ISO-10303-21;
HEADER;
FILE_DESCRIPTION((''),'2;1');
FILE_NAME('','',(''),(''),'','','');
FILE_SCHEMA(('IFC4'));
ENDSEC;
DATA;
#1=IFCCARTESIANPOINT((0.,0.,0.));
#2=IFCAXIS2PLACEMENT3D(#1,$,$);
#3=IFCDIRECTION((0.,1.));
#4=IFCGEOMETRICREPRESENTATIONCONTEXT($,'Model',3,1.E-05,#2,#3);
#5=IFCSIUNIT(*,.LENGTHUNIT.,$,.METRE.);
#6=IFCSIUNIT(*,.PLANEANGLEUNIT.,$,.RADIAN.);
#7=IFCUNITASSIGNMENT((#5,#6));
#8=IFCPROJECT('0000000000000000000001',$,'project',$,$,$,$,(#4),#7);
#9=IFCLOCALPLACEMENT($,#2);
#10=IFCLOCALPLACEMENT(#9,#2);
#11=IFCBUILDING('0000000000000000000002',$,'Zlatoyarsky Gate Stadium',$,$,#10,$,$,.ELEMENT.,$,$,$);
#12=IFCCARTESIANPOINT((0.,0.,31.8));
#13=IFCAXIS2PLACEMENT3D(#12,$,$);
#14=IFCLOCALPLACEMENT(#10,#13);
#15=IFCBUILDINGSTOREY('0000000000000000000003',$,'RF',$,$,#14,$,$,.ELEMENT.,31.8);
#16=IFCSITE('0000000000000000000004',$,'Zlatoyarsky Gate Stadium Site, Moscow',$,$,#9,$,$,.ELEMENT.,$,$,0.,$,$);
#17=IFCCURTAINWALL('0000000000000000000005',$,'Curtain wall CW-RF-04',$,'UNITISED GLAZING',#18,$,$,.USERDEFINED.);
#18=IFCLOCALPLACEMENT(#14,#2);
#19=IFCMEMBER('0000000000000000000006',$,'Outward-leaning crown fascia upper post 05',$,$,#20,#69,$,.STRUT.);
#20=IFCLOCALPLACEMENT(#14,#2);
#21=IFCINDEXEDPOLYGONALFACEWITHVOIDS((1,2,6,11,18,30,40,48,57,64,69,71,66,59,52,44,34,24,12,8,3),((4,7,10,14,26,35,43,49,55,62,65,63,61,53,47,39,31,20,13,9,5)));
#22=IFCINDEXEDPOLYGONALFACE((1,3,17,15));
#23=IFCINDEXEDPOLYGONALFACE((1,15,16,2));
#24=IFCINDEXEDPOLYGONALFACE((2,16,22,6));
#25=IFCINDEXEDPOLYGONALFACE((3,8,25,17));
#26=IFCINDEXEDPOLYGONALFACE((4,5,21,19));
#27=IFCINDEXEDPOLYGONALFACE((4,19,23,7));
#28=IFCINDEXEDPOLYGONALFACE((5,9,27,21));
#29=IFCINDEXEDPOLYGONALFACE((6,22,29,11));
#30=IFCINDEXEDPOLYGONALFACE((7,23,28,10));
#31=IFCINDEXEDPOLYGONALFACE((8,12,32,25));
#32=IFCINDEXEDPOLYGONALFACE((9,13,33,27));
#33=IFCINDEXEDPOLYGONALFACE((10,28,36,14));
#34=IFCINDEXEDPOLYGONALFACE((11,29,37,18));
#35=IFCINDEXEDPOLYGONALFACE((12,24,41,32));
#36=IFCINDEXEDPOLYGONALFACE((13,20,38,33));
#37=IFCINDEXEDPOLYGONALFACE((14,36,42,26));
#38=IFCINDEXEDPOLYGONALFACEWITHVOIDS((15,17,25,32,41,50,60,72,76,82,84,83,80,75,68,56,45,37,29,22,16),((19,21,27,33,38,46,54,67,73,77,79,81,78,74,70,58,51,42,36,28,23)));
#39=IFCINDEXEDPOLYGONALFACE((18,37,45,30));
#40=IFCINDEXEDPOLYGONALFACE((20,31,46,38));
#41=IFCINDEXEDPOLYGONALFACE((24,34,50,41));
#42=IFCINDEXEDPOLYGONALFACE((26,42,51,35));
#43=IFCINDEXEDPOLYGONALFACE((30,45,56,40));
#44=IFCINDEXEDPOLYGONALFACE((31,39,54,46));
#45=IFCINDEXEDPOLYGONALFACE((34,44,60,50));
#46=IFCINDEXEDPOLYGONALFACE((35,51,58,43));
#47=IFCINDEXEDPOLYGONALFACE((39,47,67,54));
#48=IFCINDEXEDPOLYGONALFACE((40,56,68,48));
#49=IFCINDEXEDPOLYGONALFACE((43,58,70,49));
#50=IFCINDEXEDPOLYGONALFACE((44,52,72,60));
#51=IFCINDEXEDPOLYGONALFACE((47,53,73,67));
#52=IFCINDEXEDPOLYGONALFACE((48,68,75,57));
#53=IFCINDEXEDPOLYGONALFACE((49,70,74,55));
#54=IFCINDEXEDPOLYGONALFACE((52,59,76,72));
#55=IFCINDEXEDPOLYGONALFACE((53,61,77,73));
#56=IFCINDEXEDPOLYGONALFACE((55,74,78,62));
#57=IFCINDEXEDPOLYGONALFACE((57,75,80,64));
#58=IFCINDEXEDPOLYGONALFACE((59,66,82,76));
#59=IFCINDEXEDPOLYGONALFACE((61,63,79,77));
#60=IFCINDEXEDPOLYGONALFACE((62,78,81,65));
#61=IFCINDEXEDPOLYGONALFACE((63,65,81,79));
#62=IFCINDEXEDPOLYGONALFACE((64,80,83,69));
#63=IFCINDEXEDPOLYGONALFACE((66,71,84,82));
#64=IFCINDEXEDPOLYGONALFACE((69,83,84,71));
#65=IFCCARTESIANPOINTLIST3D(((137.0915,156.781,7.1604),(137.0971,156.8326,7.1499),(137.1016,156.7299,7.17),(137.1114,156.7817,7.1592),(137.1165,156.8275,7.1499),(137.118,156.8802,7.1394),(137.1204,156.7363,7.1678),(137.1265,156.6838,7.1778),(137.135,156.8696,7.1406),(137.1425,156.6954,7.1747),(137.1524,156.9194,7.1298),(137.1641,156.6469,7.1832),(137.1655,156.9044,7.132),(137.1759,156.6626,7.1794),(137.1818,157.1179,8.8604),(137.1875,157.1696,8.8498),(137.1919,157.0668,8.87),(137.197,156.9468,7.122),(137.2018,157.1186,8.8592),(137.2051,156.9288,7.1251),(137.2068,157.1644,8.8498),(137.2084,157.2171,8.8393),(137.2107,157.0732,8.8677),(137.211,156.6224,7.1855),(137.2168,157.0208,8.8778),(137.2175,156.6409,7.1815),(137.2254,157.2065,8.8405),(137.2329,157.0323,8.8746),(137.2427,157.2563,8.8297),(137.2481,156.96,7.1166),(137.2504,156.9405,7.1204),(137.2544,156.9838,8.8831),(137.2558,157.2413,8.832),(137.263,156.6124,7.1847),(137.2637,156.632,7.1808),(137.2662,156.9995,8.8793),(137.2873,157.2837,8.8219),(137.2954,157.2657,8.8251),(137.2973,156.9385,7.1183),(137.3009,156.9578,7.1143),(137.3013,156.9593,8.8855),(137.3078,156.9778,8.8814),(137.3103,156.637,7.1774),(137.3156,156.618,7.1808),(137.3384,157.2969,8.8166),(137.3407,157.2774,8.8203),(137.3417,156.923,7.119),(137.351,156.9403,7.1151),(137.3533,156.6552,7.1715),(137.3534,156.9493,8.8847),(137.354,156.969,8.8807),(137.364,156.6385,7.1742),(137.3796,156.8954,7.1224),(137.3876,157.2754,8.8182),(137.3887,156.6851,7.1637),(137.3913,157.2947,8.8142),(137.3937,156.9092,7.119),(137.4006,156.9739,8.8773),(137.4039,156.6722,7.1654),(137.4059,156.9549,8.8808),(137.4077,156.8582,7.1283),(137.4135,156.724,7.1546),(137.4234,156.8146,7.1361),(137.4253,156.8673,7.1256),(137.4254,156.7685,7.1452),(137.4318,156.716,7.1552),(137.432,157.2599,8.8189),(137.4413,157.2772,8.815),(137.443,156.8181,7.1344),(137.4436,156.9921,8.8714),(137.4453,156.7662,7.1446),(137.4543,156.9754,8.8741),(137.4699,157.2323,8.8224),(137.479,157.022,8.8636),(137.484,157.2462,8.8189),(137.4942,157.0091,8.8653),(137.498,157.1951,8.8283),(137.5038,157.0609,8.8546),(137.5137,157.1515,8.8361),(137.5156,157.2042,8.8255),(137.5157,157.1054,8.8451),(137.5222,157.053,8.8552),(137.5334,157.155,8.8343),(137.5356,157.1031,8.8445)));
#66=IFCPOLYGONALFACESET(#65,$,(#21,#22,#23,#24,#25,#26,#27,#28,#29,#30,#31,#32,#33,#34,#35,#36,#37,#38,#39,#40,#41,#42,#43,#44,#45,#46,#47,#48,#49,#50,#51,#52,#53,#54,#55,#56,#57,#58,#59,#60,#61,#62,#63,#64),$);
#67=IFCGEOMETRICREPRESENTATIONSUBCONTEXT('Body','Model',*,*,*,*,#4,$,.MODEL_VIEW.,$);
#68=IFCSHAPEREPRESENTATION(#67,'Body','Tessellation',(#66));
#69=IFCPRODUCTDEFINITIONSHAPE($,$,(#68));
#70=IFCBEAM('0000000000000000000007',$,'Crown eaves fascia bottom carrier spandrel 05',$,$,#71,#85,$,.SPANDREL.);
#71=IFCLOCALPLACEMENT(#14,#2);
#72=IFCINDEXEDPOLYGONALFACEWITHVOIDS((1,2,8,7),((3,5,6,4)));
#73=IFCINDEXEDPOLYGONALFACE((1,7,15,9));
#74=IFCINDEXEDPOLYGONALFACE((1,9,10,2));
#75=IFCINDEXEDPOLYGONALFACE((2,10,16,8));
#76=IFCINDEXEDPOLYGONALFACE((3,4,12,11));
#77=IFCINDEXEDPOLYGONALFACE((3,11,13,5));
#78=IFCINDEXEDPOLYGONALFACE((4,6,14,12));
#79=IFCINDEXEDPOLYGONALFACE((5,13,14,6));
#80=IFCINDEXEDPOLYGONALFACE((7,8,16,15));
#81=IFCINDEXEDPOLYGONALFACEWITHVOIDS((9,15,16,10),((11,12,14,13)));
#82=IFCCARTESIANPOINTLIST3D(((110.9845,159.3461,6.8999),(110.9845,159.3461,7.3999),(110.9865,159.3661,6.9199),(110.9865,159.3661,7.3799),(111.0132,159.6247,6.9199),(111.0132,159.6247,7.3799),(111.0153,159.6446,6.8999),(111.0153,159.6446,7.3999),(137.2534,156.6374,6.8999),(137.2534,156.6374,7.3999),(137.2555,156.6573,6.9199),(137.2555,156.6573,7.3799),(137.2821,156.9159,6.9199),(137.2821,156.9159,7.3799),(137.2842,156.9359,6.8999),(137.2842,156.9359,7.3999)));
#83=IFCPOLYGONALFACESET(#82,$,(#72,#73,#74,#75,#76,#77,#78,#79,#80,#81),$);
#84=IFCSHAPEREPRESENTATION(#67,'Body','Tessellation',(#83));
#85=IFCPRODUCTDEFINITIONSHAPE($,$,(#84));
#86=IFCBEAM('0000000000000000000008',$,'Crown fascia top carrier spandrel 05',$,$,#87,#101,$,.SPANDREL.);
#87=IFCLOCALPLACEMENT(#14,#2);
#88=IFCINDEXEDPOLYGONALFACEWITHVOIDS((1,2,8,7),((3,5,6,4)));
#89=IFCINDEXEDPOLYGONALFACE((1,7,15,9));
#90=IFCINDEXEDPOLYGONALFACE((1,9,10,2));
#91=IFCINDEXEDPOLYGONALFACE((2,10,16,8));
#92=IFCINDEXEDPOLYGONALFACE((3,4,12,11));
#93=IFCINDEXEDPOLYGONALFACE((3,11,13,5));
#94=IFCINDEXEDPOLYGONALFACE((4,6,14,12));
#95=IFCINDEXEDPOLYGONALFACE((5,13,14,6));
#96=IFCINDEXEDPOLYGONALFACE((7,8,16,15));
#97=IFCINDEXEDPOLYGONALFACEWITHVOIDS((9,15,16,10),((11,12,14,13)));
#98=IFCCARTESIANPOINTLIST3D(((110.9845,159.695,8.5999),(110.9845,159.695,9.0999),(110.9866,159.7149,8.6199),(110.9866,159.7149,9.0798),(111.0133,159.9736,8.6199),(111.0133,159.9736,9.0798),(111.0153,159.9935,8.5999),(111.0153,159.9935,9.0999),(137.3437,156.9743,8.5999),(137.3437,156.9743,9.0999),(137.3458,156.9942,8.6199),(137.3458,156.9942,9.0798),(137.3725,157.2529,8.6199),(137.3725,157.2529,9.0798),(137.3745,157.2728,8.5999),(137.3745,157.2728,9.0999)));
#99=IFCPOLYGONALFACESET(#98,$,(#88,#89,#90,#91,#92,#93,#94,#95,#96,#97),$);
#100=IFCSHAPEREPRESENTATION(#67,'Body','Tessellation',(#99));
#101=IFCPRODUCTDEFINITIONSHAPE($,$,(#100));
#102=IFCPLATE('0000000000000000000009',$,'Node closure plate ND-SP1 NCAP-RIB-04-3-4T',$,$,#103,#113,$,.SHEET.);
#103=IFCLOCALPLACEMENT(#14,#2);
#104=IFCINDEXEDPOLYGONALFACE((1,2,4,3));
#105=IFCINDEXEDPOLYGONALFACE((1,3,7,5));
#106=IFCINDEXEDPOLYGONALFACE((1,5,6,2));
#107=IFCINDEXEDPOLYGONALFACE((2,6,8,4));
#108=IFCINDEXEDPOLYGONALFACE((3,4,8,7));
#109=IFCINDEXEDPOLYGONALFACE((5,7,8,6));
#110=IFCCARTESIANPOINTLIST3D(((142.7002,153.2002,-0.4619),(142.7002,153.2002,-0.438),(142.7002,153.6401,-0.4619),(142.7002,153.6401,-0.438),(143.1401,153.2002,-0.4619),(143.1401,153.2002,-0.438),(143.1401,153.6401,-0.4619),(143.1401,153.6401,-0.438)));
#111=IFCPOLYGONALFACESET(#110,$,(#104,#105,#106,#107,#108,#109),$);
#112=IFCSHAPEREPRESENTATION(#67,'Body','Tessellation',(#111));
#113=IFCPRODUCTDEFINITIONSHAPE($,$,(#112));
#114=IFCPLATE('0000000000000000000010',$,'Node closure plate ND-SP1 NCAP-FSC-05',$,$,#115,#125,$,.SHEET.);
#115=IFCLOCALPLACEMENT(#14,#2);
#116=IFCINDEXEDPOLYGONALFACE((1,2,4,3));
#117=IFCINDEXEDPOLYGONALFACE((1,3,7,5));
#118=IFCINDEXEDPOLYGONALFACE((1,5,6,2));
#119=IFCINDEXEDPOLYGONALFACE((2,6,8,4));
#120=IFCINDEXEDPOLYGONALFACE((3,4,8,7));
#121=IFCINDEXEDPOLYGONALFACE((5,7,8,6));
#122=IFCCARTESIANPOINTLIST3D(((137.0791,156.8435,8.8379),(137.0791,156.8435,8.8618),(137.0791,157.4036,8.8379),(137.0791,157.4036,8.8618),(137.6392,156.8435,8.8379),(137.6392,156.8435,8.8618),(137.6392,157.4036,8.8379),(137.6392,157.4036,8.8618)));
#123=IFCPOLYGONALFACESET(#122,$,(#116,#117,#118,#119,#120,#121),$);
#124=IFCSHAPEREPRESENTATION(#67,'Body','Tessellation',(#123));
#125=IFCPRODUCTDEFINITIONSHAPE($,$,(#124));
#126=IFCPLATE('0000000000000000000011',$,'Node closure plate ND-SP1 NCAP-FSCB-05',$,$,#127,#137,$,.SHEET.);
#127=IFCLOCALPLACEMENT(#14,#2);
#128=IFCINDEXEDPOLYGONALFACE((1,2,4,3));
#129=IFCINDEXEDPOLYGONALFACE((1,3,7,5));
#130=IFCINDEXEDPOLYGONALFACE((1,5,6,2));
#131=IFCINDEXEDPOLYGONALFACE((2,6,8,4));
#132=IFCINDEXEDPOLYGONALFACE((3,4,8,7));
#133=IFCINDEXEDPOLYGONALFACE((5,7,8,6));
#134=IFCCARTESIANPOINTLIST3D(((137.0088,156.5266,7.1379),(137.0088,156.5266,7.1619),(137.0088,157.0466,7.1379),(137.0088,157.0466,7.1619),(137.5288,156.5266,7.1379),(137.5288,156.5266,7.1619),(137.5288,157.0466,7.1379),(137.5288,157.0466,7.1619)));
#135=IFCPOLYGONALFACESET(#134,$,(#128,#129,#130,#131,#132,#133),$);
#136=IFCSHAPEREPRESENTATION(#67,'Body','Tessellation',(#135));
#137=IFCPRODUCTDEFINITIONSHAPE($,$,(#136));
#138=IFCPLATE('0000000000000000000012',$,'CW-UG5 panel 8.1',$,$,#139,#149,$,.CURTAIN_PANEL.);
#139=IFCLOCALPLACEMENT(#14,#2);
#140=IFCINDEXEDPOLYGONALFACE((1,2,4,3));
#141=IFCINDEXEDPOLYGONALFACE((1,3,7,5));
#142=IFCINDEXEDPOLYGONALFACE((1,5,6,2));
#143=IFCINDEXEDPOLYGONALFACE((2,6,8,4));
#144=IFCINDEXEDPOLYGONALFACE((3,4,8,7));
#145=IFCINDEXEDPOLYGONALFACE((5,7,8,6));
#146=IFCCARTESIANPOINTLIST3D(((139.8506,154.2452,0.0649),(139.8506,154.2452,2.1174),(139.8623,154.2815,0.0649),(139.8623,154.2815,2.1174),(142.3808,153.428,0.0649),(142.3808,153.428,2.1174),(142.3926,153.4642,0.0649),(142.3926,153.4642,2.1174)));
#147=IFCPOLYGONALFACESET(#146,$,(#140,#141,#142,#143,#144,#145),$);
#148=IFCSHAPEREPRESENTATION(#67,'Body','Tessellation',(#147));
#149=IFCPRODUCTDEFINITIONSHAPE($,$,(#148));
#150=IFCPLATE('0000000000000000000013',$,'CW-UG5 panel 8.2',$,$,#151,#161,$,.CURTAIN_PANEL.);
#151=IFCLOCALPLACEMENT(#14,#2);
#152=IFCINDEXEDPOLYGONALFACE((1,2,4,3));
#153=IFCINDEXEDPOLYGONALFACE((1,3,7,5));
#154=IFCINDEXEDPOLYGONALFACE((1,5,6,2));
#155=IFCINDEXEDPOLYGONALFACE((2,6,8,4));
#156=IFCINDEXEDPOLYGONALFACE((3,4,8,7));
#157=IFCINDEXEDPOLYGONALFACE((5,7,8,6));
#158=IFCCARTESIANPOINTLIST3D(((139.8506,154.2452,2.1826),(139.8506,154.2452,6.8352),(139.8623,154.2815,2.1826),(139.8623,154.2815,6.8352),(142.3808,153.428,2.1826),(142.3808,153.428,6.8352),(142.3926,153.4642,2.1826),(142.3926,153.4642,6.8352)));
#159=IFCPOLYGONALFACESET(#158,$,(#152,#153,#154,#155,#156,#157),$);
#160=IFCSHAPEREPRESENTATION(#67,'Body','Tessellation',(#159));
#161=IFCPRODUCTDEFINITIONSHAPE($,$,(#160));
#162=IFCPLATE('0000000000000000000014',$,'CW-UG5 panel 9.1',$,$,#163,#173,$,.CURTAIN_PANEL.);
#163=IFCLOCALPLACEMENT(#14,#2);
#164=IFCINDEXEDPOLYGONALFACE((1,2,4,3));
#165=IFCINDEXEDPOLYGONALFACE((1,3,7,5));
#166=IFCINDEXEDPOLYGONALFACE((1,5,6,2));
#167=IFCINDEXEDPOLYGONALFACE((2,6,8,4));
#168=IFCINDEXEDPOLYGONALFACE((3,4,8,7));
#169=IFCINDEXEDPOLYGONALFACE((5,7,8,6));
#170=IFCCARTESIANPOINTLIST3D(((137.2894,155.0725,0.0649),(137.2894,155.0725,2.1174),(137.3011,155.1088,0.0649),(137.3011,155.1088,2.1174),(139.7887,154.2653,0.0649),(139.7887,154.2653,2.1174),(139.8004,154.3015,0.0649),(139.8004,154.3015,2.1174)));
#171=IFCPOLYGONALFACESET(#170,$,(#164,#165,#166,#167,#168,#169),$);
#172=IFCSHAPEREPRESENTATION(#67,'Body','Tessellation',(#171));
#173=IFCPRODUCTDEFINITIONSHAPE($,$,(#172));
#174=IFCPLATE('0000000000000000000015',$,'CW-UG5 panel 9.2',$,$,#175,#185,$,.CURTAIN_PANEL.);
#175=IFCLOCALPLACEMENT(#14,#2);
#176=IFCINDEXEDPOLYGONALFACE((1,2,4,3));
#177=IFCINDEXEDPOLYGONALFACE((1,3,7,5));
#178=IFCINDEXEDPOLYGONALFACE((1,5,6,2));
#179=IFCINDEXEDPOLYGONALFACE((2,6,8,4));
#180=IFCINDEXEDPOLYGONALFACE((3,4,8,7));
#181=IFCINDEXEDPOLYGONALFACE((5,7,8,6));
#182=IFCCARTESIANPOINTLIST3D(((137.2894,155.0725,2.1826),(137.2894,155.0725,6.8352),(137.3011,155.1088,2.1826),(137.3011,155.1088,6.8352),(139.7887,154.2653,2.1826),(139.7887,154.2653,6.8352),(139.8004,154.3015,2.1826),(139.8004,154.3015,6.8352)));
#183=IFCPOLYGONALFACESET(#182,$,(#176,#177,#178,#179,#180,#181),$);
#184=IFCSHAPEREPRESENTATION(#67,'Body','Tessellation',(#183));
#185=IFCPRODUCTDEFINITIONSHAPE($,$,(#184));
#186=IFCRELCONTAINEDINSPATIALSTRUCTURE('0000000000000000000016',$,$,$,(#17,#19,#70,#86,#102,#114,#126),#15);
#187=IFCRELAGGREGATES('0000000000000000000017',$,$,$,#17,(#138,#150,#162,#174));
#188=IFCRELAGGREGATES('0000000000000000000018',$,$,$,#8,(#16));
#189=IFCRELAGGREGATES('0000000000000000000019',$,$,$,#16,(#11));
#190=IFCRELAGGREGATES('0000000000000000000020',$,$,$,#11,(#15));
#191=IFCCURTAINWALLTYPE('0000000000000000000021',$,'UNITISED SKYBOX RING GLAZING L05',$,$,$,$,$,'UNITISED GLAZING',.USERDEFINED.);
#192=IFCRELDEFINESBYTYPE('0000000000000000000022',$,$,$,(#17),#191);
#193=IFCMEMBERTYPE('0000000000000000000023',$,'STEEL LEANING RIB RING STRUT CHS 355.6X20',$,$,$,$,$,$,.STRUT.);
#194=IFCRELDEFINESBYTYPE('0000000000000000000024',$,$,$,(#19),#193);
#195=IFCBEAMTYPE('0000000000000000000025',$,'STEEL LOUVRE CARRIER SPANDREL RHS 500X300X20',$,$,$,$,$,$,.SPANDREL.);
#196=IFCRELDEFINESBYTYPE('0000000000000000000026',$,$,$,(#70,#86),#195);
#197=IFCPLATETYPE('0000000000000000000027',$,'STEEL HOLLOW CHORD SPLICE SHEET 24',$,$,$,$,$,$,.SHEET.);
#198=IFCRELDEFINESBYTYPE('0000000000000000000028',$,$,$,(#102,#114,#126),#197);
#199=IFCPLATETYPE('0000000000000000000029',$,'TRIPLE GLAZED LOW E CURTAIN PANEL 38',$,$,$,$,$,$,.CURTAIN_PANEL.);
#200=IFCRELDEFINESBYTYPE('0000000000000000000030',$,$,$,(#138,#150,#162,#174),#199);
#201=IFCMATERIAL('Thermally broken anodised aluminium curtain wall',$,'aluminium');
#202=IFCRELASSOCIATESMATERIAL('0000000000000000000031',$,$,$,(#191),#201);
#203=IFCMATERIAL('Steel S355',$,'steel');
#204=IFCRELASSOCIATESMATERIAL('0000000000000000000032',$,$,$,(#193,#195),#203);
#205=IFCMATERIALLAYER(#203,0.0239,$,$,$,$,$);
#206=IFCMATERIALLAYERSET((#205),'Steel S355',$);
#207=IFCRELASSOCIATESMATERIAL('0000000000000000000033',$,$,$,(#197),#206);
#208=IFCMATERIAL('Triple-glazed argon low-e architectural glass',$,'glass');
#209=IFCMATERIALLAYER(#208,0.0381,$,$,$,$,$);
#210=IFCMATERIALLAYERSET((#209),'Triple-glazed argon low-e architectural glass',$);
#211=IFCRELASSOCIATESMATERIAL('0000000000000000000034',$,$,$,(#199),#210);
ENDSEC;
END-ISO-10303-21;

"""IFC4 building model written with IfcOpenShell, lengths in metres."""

from ifc_helpers import new_model, si_unit, direction, frame, origin, origin_2d, place, context, subcontext, project, spatial, rectangle, hollow_rectangle, hollow_circle, extrude, material, layer, layer_set, material_profile, profile_set, type_object, element, aggregate, save


model = new_model("IFC4")

# Units and contexts
model_context = context("Model", 3, precision=1e-05, world=origin(), true_north=direction((0.0, 1.0)))
body_context = subcontext(model_context, "Body", "Model", "MODEL_VIEW")
ifc_project = project(units=[si_unit("LENGTHUNIT", "METRE"), si_unit("PLANEANGLEUNIT", "RADIAN")], contexts=[model_context])

# Site, building, storey
site_placement = place(None, origin())
site = spatial("IfcSite", under=ifc_project, at=site_placement, Name="Zlatoyarsky Gate Stadium Site, Moscow", CompositionType="ELEMENT", RefElevation=0.0)
building_placement = place(site_placement, origin())
building = spatial("IfcBuilding", under=site, at=building_placement, Name="Zlatoyarsky Gate Stadium", CompositionType="ELEMENT")
storey_placement = place(building_placement, frame((0.0, 0.0, 31.8)))
storey = spatial("IfcBuildingStorey", under=building, at=storey_placement, Name="RF", CompositionType="ELEMENT", Elevation=31.8)

# Curtain wall
ifc_material_1 = material(Name="Thermally broken anodised aluminium curtain wall", Category="aluminium")
curtain_wall_type = type_object("IfcCurtainWallType", Name="UNITISED SKYBOX RING GLAZING L05", ElementType="UNITISED GLAZING", PredefinedType="USERDEFINED", material=ifc_material_1)
curtain_wall_placement = place(storey_placement, origin())
curtain_wall = element("IfcCurtainWall", 1, at=curtain_wall_placement, inside=storey, type_object=curtain_wall_type, Name="Curtain wall CW-RF-04", ObjectType="UNITISED GLAZING", PredefinedType="USERDEFINED")

# Member
ifc_material_2 = material(Name="Steel S355", Category="steel")
ifc_material_profile_1 = material_profile(ifc_material_2, hollow_circle(Radius=0.1777, WallThickness=0.02, at=origin_2d()), Name="CHS 355.6X20")
ifc_profile_set_1 = profile_set([ifc_material_profile_1], Name="Steel S355")
member_type_1 = type_object("IfcMemberType", Name="STEEL LEANING RIB RING STRUT CHS 355.6X20", PredefinedType="STRUT", material=ifc_profile_set_1)
member_1_placement = place(storey_placement, frame((137.2688, 156.7866, 7.1499), z_axis=(0.052054, 0.194146, 0.979591), x_axis=(-0.965886, 0.258969, 0.0)))
element("IfcMember", 2, at=member_1_placement, inside=storey, type_object=member_type_1, Name="Outward-leaning crown fascia upper post 05", PredefinedType="STRUT", context=body_context, shape_type="SweptSolid", body=[
    extrude(hollow_circle(Radius=0.1777, WallThickness=0.02, at=origin_2d()), origin(), (0.0, 0.0, 1.0), 1.7354),
])

# Beams
ifc_material_profile_2 = material_profile(ifc_material_2, hollow_rectangle(XDim=0.3, YDim=0.5, WallThickness=0.02, at=origin_2d()), Name="RHS 500X300X20")
ifc_profile_set_2 = profile_set([ifc_material_profile_2], Name="Steel S355")
beam_type = type_object("IfcBeamType", Name="STEEL LOUVRE CARRIER SPANDREL RHS 500X300X20", PredefinedType="SPANDREL", material=ifc_profile_set_2)
beam_1_placement = place(storey_placement, frame((137.2688, 156.7866, 7.1499), z_axis=(-0.994726, 0.102572, 0.0), x_axis=(-0.102572, -0.994726, 0.0)))
element("IfcBeam", 3, at=beam_1_placement, inside=storey, type_object=beam_type, Name="Crown eaves fascia bottom carrier spandrel 05", PredefinedType="SPANDREL", context=body_context, shape_type="SweptSolid", body=[
    extrude(hollow_rectangle(XDim=0.3, YDim=0.5, WallThickness=0.02, at=origin_2d()), origin(), (0.0, 0.0, 1.0), 26.4082),
])
beam_2_placement = place(storey_placement, frame((137.3591, 157.1235, 8.8499), z_axis=(-0.994715, 0.102671, 0.0), x_axis=(-0.102671, -0.994715, 0.0)))
element("IfcBeam", 4, at=beam_2_placement, inside=storey, type_object=beam_type, Name="Crown fascia top carrier spandrel 05", PredefinedType="SPANDREL", context=body_context, shape_type="SweptSolid", body=[
    extrude(hollow_rectangle(XDim=0.3, YDim=0.5, WallThickness=0.02, at=origin_2d()), origin(), (0.0, 0.0, 1.0), 26.4993),
])

# Plates
ifc_layer_1 = layer(ifc_material_2, 0.0239)
ifc_layer_set_1 = layer_set([ifc_layer_1], Name="Steel S355")
plate_type_1 = type_object("IfcPlateType", Name="STEEL HOLLOW CHORD SPLICE SHEET 24", PredefinedType="SHEET", material=ifc_layer_set_1)
plate_1_placement = place(storey_placement, frame((142.9202, 153.4202, -0.4619), z_axis=(0.0, 0.0, 1.0), x_axis=(1.0, 0.0, 0.0)))
element("IfcPlate", 5, at=plate_1_placement, inside=storey, type_object=plate_type_1, Name="Node closure plate ND-SP1 NCAP-RIB-04-3-4T", PredefinedType="SHEET", context=body_context, shape_type="SweptSolid", body=[
    extrude(rectangle(XDim=0.4399, YDim=0.4399, at=origin_2d()), origin(), (0.0, 0.0, 1.0), 0.0239),
])
plate_2_placement = place(storey_placement, frame((137.3591, 157.1235, 8.8379), z_axis=(0.0, 0.0, 1.0), x_axis=(1.0, 0.0, 0.0)))
element("IfcPlate", 6, at=plate_2_placement, inside=storey, type_object=plate_type_1, Name="Node closure plate ND-SP1 NCAP-FSC-05", PredefinedType="SHEET", context=body_context, shape_type="SweptSolid", body=[
    extrude(rectangle(XDim=0.5601, YDim=0.5601, at=origin_2d()), origin(), (0.0, 0.0, 1.0), 0.0239),
])
plate_3_placement = place(storey_placement, frame((137.2688, 156.7866, 7.1379), z_axis=(0.0, 0.0, 1.0), x_axis=(1.0, 0.0, 0.0)))
element("IfcPlate", 7, at=plate_3_placement, inside=storey, type_object=plate_type_1, Name="Node closure plate ND-SP1 NCAP-FSCB-05", PredefinedType="SHEET", context=body_context, shape_type="SweptSolid", body=[
    extrude(rectangle(XDim=0.52, YDim=0.52, at=origin_2d()), origin(), (0.0, 0.0, 1.0), 0.0239),
])

# Plates
ifc_material_3 = material(Name="Triple-glazed argon low-e architectural glass", Category="glass")
ifc_layer_2 = layer(ifc_material_3, 0.0381)
ifc_layer_set_2 = layer_set([ifc_layer_2], Name="Triple-glazed argon low-e architectural glass")
plate_type_2 = type_object("IfcPlateType", Name="TRIPLE GLAZED LOW E CURTAIN PANEL 38", PredefinedType="CURTAIN_PANEL", material=ifc_layer_set_2)
plate_4_placement = place(storey_placement, frame((141.1216, 153.8547, 0.0649), z_axis=(0.0, 0.0, 1.0), x_axis=(-0.951596, 0.307352, 0.0)))
plate_4 = element("IfcPlate", 8, at=plate_4_placement, type_object=plate_type_2, Name="CW-UG5 panel 8.1", PredefinedType="CURTAIN_PANEL", context=body_context, shape_type="SweptSolid", body=[
    extrude(rectangle(XDim=2.6589, YDim=0.0381, at=origin_2d()), origin(), (0.0, 0.0, 1.0), 2.0525),
])
plate_5_placement = place(storey_placement, frame((141.1216, 153.8547, 2.1826), z_axis=(0.0, 0.0, 1.0), x_axis=(-0.951596, 0.307352, 0.0)))
plate_5 = element("IfcPlate", 9, at=plate_5_placement, type_object=plate_type_2, Name="CW-UG5 panel 8.2", PredefinedType="CURTAIN_PANEL", context=body_context, shape_type="SweptSolid", body=[
    extrude(rectangle(XDim=2.6589, YDim=0.0381, at=origin_2d()), origin(), (0.0, 0.0, 1.0), 4.6526),
])
plate_6_placement = place(storey_placement, frame((138.5449, 154.687, 0.0649), z_axis=(0.0, 0.0, 1.0), x_axis=(-0.951596, 0.307352, 0.0)))
plate_6 = element("IfcPlate", 10, at=plate_6_placement, type_object=plate_type_2, Name="CW-UG5 panel 9.1", PredefinedType="CURTAIN_PANEL", context=body_context, shape_type="SweptSolid", body=[
    extrude(rectangle(XDim=2.6265, YDim=0.0381, at=origin_2d()), origin(), (0.0, 0.0, 1.0), 2.0525),
])
plate_7_placement = place(storey_placement, frame((138.5449, 154.687, 2.1826), z_axis=(0.0, 0.0, 1.0), x_axis=(-0.951596, 0.307352, 0.0)))
plate_7 = element("IfcPlate", 11, at=plate_7_placement, type_object=plate_type_2, Name="CW-UG5 panel 9.2", PredefinedType="CURTAIN_PANEL", context=body_context, shape_type="SweptSolid", body=[
    extrude(rectangle(XDim=2.6265, YDim=0.0381, at=origin_2d()), origin(), (0.0, 0.0, 1.0), 4.6526),
])
aggregate(curtain_wall, [plate_4, plate_5, plate_6, plate_7])

save(model, "model.ifc")
